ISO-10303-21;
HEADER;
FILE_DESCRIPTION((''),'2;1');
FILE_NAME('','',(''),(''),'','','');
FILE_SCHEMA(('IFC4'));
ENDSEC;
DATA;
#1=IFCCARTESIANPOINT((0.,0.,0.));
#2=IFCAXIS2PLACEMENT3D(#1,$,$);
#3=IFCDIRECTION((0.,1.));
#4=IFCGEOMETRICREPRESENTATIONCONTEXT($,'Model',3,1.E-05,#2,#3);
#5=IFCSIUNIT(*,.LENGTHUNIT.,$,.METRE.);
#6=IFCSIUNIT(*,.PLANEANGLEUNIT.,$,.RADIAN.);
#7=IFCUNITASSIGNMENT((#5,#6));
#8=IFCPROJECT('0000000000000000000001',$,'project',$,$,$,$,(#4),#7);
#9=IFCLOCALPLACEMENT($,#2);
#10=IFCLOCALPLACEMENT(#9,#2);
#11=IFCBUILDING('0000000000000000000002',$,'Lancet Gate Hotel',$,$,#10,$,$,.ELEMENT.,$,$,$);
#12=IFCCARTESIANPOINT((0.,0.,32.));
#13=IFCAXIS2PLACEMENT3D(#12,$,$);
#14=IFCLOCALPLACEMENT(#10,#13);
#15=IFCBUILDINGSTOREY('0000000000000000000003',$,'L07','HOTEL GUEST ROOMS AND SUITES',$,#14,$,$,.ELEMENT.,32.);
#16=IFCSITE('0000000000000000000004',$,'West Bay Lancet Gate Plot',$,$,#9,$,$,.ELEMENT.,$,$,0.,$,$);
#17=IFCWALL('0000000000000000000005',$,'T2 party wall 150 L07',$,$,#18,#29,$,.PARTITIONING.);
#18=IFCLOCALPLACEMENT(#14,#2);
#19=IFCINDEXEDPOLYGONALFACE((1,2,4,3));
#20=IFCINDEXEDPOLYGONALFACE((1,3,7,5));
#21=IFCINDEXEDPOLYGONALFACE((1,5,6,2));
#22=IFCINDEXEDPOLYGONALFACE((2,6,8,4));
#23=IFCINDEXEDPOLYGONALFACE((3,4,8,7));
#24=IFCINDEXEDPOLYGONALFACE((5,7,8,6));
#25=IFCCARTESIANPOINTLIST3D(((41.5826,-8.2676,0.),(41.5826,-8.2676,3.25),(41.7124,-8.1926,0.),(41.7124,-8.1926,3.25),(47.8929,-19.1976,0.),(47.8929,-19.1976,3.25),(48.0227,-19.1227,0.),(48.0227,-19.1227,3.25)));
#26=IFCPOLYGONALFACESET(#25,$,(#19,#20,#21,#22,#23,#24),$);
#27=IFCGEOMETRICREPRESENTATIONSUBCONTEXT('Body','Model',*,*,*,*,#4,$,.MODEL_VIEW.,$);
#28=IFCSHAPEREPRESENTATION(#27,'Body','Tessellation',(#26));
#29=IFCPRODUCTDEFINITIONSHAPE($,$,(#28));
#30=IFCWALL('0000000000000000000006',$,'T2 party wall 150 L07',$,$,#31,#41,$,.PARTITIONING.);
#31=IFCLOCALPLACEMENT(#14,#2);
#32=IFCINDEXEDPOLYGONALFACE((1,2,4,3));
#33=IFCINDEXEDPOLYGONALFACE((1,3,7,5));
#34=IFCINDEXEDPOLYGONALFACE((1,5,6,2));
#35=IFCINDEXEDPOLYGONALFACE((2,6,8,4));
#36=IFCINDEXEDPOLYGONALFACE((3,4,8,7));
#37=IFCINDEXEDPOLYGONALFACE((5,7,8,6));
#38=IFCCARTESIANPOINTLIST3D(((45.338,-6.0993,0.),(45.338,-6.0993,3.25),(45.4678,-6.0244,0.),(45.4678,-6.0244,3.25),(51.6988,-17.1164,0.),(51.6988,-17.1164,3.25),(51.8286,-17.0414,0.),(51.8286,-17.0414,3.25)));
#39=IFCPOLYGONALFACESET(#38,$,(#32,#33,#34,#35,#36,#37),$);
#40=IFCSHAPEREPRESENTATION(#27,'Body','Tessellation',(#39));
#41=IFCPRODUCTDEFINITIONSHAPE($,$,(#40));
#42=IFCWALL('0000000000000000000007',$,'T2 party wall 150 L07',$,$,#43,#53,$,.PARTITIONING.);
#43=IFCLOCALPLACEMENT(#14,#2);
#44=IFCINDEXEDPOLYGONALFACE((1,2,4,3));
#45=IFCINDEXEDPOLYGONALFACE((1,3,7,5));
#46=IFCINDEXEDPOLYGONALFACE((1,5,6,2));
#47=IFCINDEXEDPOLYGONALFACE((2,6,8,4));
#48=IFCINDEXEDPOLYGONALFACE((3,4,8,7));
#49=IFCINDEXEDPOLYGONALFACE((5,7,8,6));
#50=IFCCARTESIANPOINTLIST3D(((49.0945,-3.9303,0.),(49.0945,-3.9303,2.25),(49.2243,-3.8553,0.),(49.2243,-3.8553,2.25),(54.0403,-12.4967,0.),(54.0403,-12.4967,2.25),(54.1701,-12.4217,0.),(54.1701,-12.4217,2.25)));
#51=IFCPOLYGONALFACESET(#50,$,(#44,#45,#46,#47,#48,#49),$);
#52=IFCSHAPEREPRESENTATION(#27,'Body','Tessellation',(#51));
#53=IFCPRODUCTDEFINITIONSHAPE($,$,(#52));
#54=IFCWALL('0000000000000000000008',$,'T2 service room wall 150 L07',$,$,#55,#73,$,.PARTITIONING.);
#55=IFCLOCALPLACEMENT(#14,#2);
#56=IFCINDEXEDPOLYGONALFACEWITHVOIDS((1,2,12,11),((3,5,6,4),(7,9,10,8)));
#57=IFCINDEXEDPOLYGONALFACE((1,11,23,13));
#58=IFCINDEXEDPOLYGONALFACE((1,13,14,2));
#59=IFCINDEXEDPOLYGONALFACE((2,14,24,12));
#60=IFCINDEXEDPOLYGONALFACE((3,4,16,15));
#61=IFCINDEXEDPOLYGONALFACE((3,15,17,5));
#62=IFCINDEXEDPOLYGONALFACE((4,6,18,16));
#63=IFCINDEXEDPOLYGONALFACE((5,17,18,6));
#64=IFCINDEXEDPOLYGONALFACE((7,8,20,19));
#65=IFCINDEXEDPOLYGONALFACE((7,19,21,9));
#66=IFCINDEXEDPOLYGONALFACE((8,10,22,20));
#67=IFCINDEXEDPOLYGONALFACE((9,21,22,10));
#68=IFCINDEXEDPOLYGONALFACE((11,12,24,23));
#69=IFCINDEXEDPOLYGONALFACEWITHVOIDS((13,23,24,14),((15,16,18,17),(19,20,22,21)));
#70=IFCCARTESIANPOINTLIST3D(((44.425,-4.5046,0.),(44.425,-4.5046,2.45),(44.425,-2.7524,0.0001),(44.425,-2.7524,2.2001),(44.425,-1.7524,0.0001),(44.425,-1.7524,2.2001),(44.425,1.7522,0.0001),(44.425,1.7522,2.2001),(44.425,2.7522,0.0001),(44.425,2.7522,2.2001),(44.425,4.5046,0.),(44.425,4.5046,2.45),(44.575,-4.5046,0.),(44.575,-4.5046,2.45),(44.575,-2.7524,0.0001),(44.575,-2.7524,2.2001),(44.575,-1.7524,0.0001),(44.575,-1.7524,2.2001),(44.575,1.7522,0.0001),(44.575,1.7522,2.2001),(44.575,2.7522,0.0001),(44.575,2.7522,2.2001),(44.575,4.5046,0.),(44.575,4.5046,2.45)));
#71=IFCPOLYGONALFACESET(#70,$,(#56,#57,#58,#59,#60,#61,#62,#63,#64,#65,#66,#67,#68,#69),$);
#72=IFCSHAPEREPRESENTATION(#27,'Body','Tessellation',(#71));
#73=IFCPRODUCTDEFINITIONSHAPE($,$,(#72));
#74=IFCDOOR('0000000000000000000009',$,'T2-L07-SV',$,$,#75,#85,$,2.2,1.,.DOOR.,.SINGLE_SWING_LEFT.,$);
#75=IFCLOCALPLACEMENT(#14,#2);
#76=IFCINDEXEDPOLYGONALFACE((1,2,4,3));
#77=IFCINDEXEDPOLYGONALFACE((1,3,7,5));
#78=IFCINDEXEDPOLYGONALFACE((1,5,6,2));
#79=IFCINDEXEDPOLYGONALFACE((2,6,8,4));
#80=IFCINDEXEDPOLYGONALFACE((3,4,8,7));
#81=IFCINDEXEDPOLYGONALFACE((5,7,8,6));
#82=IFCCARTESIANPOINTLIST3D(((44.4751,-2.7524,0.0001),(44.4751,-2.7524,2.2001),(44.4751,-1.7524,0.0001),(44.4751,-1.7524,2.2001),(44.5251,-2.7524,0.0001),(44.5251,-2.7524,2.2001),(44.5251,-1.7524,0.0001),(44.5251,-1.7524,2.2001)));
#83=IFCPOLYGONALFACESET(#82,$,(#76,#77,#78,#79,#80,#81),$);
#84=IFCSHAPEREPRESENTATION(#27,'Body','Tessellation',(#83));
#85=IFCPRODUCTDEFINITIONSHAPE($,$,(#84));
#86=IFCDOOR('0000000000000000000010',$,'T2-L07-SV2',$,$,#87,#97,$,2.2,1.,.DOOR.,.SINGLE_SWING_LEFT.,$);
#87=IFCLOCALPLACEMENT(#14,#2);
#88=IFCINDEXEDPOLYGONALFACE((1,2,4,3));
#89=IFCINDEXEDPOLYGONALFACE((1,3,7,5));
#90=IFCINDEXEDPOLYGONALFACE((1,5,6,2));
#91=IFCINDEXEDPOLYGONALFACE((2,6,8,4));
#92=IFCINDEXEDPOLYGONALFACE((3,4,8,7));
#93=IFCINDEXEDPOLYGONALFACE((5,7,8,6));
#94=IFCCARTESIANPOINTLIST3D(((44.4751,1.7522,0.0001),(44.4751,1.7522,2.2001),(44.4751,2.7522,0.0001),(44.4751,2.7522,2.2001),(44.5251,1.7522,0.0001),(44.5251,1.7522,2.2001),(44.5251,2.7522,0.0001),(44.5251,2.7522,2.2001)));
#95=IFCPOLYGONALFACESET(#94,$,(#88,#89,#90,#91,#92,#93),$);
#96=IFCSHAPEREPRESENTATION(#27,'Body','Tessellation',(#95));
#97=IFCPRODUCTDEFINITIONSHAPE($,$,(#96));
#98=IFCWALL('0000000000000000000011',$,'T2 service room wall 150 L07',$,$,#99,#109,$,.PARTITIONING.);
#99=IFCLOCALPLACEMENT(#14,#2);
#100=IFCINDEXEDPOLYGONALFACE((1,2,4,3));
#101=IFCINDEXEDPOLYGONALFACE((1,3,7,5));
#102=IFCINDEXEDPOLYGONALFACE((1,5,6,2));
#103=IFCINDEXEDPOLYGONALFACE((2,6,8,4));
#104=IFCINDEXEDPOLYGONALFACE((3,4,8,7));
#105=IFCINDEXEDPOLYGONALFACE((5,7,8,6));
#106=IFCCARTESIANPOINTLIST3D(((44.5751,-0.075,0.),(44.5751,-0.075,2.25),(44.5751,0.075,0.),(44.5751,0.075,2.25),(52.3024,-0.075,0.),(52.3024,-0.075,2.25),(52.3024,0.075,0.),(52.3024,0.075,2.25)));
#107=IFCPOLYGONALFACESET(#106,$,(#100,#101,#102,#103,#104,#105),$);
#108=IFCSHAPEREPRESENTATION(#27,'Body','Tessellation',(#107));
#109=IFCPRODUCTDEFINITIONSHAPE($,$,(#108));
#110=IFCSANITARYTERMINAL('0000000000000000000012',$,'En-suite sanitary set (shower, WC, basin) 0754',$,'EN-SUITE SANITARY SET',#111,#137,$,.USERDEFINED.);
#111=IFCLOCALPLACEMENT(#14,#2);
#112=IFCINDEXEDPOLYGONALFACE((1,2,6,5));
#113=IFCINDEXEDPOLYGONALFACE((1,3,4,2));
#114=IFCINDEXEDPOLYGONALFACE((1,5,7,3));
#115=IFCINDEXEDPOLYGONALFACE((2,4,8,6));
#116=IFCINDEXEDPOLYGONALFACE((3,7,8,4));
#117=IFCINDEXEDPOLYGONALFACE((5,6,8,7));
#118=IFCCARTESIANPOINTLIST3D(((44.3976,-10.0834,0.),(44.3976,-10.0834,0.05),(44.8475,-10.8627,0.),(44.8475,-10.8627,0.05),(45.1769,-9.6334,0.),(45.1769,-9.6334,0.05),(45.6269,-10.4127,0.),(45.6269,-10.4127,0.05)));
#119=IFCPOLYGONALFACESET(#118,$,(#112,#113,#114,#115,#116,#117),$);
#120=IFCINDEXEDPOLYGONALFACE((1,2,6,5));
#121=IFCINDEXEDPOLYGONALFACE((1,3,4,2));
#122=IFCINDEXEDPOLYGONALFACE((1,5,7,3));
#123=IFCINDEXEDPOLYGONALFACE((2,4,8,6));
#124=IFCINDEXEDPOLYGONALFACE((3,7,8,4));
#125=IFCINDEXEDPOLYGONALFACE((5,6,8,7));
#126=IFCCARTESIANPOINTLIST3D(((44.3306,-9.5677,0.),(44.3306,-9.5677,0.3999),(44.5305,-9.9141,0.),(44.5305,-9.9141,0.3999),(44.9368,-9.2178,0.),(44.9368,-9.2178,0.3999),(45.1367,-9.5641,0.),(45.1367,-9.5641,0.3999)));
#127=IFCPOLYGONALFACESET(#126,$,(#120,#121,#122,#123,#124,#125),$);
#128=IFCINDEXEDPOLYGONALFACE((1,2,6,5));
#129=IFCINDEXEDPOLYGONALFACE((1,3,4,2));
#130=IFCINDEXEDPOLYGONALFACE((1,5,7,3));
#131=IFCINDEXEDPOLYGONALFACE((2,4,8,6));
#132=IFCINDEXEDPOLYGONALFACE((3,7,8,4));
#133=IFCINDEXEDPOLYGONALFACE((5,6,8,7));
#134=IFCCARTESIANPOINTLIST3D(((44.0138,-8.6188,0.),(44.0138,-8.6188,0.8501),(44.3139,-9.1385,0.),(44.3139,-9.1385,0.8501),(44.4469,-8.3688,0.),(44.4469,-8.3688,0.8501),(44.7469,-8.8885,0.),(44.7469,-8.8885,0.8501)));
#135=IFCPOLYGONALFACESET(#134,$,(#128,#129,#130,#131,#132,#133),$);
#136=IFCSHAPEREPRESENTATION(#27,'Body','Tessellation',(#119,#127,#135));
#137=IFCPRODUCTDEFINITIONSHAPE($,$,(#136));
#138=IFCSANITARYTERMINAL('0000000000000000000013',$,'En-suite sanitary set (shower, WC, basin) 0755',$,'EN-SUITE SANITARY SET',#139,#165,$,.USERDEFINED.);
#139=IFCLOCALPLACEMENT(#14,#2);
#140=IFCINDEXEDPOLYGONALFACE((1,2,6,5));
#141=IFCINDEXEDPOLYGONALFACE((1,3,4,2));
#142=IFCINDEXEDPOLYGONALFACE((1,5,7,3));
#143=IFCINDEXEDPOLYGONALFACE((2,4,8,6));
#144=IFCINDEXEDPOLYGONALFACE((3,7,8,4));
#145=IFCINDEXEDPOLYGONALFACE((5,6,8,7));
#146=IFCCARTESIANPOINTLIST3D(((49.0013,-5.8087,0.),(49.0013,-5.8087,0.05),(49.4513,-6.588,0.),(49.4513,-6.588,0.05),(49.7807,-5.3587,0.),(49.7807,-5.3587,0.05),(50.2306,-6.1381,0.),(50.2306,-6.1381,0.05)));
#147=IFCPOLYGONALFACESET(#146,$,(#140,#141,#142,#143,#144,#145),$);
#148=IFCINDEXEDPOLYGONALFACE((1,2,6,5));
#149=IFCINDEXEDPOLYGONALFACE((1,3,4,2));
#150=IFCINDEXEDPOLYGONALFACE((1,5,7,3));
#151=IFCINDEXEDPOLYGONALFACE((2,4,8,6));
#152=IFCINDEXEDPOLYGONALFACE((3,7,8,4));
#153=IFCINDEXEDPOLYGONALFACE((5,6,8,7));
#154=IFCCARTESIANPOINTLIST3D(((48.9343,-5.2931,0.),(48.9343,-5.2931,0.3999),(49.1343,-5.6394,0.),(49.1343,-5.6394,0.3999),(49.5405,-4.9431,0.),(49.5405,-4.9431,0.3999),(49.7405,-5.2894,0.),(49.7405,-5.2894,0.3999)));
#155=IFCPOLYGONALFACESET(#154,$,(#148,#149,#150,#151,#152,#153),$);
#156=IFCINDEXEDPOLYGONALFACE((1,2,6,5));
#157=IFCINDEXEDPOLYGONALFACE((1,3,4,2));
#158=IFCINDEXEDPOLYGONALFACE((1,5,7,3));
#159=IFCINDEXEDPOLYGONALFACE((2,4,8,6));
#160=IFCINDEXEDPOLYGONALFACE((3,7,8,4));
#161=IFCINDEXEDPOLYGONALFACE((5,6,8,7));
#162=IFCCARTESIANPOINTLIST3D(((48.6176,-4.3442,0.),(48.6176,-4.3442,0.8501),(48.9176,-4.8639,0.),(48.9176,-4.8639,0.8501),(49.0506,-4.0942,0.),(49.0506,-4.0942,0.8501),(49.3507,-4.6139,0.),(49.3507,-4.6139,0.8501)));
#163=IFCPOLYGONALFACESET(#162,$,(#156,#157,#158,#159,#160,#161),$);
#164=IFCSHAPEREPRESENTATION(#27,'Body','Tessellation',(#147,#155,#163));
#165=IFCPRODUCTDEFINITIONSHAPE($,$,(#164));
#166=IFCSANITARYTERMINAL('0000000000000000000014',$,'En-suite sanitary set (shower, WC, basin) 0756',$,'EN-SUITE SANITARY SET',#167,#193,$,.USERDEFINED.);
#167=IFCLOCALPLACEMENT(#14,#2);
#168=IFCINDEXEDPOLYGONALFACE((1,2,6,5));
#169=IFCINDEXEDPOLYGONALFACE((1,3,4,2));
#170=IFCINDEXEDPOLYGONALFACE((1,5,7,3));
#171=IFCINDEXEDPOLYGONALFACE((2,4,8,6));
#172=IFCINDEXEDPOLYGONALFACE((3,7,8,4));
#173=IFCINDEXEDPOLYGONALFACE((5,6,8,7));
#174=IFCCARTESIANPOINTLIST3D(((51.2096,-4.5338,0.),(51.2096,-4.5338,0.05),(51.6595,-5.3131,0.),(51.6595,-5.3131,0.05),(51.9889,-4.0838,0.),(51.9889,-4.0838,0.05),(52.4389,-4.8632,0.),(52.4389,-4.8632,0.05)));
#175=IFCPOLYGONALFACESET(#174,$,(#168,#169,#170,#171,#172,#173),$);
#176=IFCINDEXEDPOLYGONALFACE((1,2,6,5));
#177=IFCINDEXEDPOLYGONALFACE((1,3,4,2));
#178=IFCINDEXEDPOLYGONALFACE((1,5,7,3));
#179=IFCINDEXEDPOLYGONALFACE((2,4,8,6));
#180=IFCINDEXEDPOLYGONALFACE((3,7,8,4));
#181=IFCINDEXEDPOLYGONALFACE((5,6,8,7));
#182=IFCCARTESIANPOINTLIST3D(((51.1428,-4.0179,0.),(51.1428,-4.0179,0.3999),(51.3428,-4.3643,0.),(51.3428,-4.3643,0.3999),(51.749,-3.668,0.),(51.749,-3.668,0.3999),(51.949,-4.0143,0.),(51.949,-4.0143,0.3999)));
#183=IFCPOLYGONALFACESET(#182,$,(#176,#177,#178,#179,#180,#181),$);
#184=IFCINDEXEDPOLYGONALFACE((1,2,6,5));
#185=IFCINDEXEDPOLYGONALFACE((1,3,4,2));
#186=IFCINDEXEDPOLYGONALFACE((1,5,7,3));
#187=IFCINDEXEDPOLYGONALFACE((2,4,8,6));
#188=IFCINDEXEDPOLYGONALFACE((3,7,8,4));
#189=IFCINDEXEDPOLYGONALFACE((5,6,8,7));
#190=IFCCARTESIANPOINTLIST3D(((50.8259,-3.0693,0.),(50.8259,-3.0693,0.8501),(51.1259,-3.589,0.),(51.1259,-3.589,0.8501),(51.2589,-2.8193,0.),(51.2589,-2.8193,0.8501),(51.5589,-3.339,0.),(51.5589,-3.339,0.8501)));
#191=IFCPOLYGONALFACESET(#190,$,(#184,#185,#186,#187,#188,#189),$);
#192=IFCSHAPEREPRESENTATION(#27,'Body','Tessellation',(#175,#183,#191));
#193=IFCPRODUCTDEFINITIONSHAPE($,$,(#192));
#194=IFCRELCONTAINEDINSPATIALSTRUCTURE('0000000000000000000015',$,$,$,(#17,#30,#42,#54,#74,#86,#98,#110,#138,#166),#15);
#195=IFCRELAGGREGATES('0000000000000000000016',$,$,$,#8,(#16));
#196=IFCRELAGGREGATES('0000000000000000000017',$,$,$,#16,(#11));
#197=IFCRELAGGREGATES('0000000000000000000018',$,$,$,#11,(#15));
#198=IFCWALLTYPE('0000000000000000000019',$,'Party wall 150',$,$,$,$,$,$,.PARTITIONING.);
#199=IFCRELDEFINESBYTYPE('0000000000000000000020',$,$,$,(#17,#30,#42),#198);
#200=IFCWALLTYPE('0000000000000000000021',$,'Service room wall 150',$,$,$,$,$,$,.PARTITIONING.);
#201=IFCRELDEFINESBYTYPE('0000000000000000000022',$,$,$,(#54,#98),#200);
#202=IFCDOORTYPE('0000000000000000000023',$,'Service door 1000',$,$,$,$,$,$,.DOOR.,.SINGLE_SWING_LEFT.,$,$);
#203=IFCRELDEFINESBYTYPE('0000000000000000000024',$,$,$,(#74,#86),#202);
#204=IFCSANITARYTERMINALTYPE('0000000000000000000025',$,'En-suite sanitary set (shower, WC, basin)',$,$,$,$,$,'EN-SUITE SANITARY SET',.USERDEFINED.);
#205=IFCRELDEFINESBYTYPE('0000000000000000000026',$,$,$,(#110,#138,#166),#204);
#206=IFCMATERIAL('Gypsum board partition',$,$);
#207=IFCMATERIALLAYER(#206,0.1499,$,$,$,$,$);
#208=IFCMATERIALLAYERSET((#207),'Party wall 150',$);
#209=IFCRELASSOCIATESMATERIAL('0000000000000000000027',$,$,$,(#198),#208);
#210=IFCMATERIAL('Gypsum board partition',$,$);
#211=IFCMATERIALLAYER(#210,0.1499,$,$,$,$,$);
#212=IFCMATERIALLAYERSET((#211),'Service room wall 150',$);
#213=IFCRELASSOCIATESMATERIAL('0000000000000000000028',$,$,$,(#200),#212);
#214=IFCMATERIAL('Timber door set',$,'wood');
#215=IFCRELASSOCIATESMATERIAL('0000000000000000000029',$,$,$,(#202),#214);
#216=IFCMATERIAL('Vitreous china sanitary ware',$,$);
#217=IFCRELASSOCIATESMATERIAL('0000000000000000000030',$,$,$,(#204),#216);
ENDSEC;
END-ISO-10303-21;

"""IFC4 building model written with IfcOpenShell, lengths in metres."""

from ifc_helpers import new_model, si_unit, direction, frame, frame_2d, origin, origin_2d, place, context, subcontext, project, spatial, rectangle, extrude, material, layer, layer_set, type_object, element, fill, save


model = new_model("IFC4")

# Units and contexts
model_context = context("Model", 3, precision=1e-05, world=origin(), true_north=direction((0.0, 1.0)))
body_context = subcontext(model_context, "Body", "Model", "MODEL_VIEW")
ifc_project = project(units=[si_unit("LENGTHUNIT", "METRE"), si_unit("PLANEANGLEUNIT", "RADIAN")], contexts=[model_context])

# Site, building, storey
site_placement = place(None, origin())
site = spatial("IfcSite", under=ifc_project, at=site_placement, Name="West Bay Lancet Gate Plot", CompositionType="ELEMENT", RefElevation=0.0)
building_placement = place(site_placement, origin())
building = spatial("IfcBuilding", under=site, at=building_placement, Name="Lancet Gate Hotel", CompositionType="ELEMENT")
storey_placement = place(building_placement, frame((0.0, 0.0, 32.0)))
storey = spatial("IfcBuildingStorey", under=building, at=storey_placement, Name="L07", Description="HOTEL GUEST ROOMS AND SUITES", CompositionType="ELEMENT", Elevation=32.0)

# Walls
ifc_material_1 = material(Name="Gypsum board partition")
ifc_layer_1 = layer(ifc_material_1, 0.1499)
ifc_layer_set_1 = layer_set([ifc_layer_1], Name="Party wall 150")
wall_type_1 = type_object("IfcWallType", Name="Party wall 150", PredefinedType="PARTITIONING", material=ifc_layer_set_1)
wall_1_placement = place(storey_placement, frame((41.6475, -8.23, 0.0), z_axis=(0.0, 0.0, 1.0), x_axis=(0.499986, -0.866034, 0.0)))
element("IfcWall", 1, at=wall_1_placement, inside=storey, type_object=wall_type_1, Name="T2 party wall 150 L07", PredefinedType="PARTITIONING", context=body_context, shape_type="SweptSolid", body=[
    extrude(rectangle(XDim=12.6208, YDim=0.1499, at=frame_2d((6.3105, 0.0))), origin(), (0.0, 0.0, 1.0), 3.25),
])
wall_2_placement = place(storey_placement, frame((45.4028, -6.0618, 0.0), z_axis=(0.0, 0.0, 1.0), x_axis=(0.500007, -0.866021, 0.0)))
element("IfcWall", 2, at=wall_2_placement, inside=storey, type_object=wall_type_1, Name="T2 party wall 150 L07", PredefinedType="PARTITIONING", context=body_context, shape_type="SweptSolid", body=[
    extrude(rectangle(XDim=12.7214, YDim=0.1499, at=frame_2d((6.3608, 0.0))), origin(), (0.0, 0.0, 1.0), 3.25),
])
wall_3_placement = place(storey_placement, frame((49.1594, -3.8928, 0.0), z_axis=(0.0, 0.0, 1.0), x_axis=(0.499999, -0.866026, 0.0)))
element("IfcWall", 3, at=wall_3_placement, inside=storey, type_object=wall_type_1, Name="T2 party wall 150 L07", PredefinedType="PARTITIONING", context=body_context, shape_type="SweptSolid", body=[
    extrude(rectangle(XDim=9.8916, YDim=0.1499, at=frame_2d((4.9458, 0.0))), origin(), (0.0, 0.0, 1.0), 2.25),
])

# Wall, openings, doors
ifc_material_2 = material(Name="Gypsum board partition")
ifc_layer_2 = layer(ifc_material_2, 0.1499)
ifc_layer_set_2 = layer_set([ifc_layer_2], Name="Service room wall 150")
wall_type_2 = type_object("IfcWallType", Name="Service room wall 150", PredefinedType="PARTITIONING", material=ifc_layer_set_2)
wall_4_placement = place(storey_placement, frame((44.5, -4.5046, 0.0), z_axis=(0.0, 0.0, 1.0), x_axis=(0.0, 1.0, 0.0)))
wall_4 = element("IfcWall", 4, at=wall_4_placement, inside=storey, type_object=wall_type_2, Name="T2 service room wall 150 L07", PredefinedType="PARTITIONING", context=body_context, shape_type="SweptSolid", body=[
    extrude(rectangle(XDim=9.0093, YDim=0.1499, at=frame_2d((4.5046, 0.0))), origin(), (0.0, 0.0, 1.0), 2.45),
])
opening_1_placement = place(wall_4_placement, frame((1.7522, 0.0, 0.0)))
opening_1 = element("IfcOpeningElement", 5, at=opening_1_placement, cuts=wall_4, PredefinedType="OPENING", context=body_context, shape_type="SweptSolid", body=[
    extrude(rectangle(XDim=1.0, YDim=2.2, at=frame_2d((0.5, 1.1001))), frame((0.0, 0.085, 0.0), z_axis=(0.0, -1.0, 0.0), x_axis=(1.0, 0.0, 0.0)), (0.0, 0.0, 1.0), 0.1699),
])
opening_2_placement = place(wall_4_placement, frame((6.2568, 0.0, 0.0)))
opening_2 = element("IfcOpeningElement", 6, at=opening_2_placement, cuts=wall_4, PredefinedType="OPENING", context=body_context, shape_type="SweptSolid", body=[
    extrude(rectangle(XDim=1.0, YDim=2.2, at=frame_2d((0.5, 1.1001))), frame((0.0, 0.085, 0.0), z_axis=(0.0, -1.0, 0.0), x_axis=(1.0, 0.0, 0.0)), (0.0, 0.0, 1.0), 0.1699),
])
ifc_material_3 = material(Name="Timber door set", Category="wood")
door_type_1 = type_object("IfcDoorType", Name="Service door 1000", OperationType="SINGLE_SWING_LEFT", PredefinedType="DOOR", material=ifc_material_3)
door_1_placement = place(opening_1_placement, origin())
door_1 = element("IfcDoor", 7, at=door_1_placement, inside=storey, type_object=door_type_1, Name="T2-L07-SV", OperationType="SINGLE_SWING_LEFT", OverallHeight=2.2, OverallWidth=1.0, PredefinedType="DOOR", context=body_context, shape_type="SweptSolid", body=[
    extrude(rectangle(XDim=1.0, YDim=2.2, at=frame_2d((0.5, 1.1001))), frame((0.0, 0.0249, 0.0), z_axis=(0.0, -1.0, 0.0), x_axis=(1.0, 0.0, 0.0)), (0.0, 0.0, 1.0), 0.05),
])
fill(opening_1, door_1)
door_2_placement = place(opening_2_placement, origin())
door_2 = element("IfcDoor", 8, at=door_2_placement, inside=storey, type_object=door_type_1, Name="T2-L07-SV2", OperationType="SINGLE_SWING_LEFT", OverallHeight=2.2, OverallWidth=1.0, PredefinedType="DOOR", context=body_context, shape_type="SweptSolid", body=[
    extrude(rectangle(XDim=1.0, YDim=2.2, at=frame_2d((0.5, 1.1001))), frame((0.0, 0.0249, 0.0), z_axis=(0.0, -1.0, 0.0), x_axis=(1.0, 0.0, 0.0)), (0.0, 0.0, 1.0), 0.05),
])
fill(opening_2, door_2)

# Wall
wall_5_placement = place(storey_placement, frame((44.575, 0.0, 0.0), z_axis=(0.0, 0.0, 1.0), x_axis=(1.0, 0.0, 0.0)))
element("IfcWall", 9, at=wall_5_placement, inside=storey, type_object=wall_type_2, Name="T2 service room wall 150 L07", PredefinedType="PARTITIONING", context=body_context, shape_type="SweptSolid", body=[
    extrude(rectangle(XDim=7.7273, YDim=0.1499, at=frame_2d((3.8638, 0.0))), origin(), (0.0, 0.0, 1.0), 2.25),
])

# Sanitary terminals
ifc_material_4 = material(Name="Vitreous china sanitary ware")
sanitary_terminal_type = type_object("IfcSanitaryTerminalType", Name="En-suite sanitary set (shower, WC, basin)", ElementType="EN-SUITE SANITARY SET", PredefinedType="USERDEFINED", material=ifc_material_4)
for number, where, z_axis, x_axis, name in (
    (10, (45.0122, -10.248, 0.0), (0.0, 0.0, 1.0), (1.0, 0.0, 0.0), "En-suite sanitary set (shower, WC, basin) 0754"),
    (11, (49.616, -5.9734, 0.0), (0.0, 0.0, 1.0), (1.0, 0.0, 0.0), "En-suite sanitary set (shower, WC, basin) 0755"),
):
    element("IfcSanitaryTerminal", number, at=place(storey_placement, frame(where, z_axis=z_axis, x_axis=x_axis)), inside=storey, type_object=sanitary_terminal_type, Name=name, ObjectType="EN-SUITE SANITARY SET", PredefinedType="USERDEFINED", context=body_context, shape_type="SweptSolid", body=[
        extrude(rectangle(XDim=0.8999, YDim=0.8999, at=origin_2d()), frame((0.0, 0.0, 0.0), z_axis=(0.0, 0.0, 1.0), x_axis=(0.5, -0.866025, 0.0)), (0.0, 0.0, 1.0), 0.05),
        extrude(rectangle(XDim=0.3999, YDim=0.7, at=origin_2d()), frame((-0.2786, 0.6821, 0.0), z_axis=(0.0, 0.0, 1.0), x_axis=(0.5, -0.866025, 0.0)), (0.0, 0.0, 1.0), 0.3999),
        extrude(rectangle(XDim=0.6001, YDim=0.5, at=origin_2d()), frame((-0.6318, 1.4944, 0.0), z_axis=(0.0, 0.0, 1.0), x_axis=(0.5, -0.866025, 0.0)), (0.0, 0.0, 1.0), 0.8501),
    ])
sanitary_terminal_1_placement = place(storey_placement, frame((51.8242, -4.6985, 0.0), z_axis=(0.0, 0.0, 1.0), x_axis=(1.0, 0.0, 0.0)))
element("IfcSanitaryTerminal", 12, at=sanitary_terminal_1_placement, inside=storey, type_object=sanitary_terminal_type, Name="En-suite sanitary set (shower, WC, basin) 0756", ObjectType="EN-SUITE SANITARY SET", PredefinedType="USERDEFINED", context=body_context, shape_type="SweptSolid", body=[
    extrude(rectangle(XDim=0.8999, YDim=0.8999, at=origin_2d()), frame((0.0, 0.0, 0.0), z_axis=(0.0, 0.0, 1.0), x_axis=(0.5, -0.866025, 0.0)), (0.0, 0.0, 1.0), 0.05),
    extrude(rectangle(XDim=0.3999, YDim=0.7, at=origin_2d()), frame((-0.2783, 0.6824, 0.0), z_axis=(0.0, 0.0, 1.0), x_axis=(0.5, -0.866025, 0.0)), (0.0, 0.0, 1.0), 0.3999),
    extrude(rectangle(XDim=0.6001, YDim=0.5, at=origin_2d()), frame((-0.6318, 1.4944, 0.0), z_axis=(0.0, 0.0, 1.0), x_axis=(0.5, -0.866025, 0.0)), (0.0, 0.0, 1.0), 0.8501),
])

save(model, "model.ifc")
